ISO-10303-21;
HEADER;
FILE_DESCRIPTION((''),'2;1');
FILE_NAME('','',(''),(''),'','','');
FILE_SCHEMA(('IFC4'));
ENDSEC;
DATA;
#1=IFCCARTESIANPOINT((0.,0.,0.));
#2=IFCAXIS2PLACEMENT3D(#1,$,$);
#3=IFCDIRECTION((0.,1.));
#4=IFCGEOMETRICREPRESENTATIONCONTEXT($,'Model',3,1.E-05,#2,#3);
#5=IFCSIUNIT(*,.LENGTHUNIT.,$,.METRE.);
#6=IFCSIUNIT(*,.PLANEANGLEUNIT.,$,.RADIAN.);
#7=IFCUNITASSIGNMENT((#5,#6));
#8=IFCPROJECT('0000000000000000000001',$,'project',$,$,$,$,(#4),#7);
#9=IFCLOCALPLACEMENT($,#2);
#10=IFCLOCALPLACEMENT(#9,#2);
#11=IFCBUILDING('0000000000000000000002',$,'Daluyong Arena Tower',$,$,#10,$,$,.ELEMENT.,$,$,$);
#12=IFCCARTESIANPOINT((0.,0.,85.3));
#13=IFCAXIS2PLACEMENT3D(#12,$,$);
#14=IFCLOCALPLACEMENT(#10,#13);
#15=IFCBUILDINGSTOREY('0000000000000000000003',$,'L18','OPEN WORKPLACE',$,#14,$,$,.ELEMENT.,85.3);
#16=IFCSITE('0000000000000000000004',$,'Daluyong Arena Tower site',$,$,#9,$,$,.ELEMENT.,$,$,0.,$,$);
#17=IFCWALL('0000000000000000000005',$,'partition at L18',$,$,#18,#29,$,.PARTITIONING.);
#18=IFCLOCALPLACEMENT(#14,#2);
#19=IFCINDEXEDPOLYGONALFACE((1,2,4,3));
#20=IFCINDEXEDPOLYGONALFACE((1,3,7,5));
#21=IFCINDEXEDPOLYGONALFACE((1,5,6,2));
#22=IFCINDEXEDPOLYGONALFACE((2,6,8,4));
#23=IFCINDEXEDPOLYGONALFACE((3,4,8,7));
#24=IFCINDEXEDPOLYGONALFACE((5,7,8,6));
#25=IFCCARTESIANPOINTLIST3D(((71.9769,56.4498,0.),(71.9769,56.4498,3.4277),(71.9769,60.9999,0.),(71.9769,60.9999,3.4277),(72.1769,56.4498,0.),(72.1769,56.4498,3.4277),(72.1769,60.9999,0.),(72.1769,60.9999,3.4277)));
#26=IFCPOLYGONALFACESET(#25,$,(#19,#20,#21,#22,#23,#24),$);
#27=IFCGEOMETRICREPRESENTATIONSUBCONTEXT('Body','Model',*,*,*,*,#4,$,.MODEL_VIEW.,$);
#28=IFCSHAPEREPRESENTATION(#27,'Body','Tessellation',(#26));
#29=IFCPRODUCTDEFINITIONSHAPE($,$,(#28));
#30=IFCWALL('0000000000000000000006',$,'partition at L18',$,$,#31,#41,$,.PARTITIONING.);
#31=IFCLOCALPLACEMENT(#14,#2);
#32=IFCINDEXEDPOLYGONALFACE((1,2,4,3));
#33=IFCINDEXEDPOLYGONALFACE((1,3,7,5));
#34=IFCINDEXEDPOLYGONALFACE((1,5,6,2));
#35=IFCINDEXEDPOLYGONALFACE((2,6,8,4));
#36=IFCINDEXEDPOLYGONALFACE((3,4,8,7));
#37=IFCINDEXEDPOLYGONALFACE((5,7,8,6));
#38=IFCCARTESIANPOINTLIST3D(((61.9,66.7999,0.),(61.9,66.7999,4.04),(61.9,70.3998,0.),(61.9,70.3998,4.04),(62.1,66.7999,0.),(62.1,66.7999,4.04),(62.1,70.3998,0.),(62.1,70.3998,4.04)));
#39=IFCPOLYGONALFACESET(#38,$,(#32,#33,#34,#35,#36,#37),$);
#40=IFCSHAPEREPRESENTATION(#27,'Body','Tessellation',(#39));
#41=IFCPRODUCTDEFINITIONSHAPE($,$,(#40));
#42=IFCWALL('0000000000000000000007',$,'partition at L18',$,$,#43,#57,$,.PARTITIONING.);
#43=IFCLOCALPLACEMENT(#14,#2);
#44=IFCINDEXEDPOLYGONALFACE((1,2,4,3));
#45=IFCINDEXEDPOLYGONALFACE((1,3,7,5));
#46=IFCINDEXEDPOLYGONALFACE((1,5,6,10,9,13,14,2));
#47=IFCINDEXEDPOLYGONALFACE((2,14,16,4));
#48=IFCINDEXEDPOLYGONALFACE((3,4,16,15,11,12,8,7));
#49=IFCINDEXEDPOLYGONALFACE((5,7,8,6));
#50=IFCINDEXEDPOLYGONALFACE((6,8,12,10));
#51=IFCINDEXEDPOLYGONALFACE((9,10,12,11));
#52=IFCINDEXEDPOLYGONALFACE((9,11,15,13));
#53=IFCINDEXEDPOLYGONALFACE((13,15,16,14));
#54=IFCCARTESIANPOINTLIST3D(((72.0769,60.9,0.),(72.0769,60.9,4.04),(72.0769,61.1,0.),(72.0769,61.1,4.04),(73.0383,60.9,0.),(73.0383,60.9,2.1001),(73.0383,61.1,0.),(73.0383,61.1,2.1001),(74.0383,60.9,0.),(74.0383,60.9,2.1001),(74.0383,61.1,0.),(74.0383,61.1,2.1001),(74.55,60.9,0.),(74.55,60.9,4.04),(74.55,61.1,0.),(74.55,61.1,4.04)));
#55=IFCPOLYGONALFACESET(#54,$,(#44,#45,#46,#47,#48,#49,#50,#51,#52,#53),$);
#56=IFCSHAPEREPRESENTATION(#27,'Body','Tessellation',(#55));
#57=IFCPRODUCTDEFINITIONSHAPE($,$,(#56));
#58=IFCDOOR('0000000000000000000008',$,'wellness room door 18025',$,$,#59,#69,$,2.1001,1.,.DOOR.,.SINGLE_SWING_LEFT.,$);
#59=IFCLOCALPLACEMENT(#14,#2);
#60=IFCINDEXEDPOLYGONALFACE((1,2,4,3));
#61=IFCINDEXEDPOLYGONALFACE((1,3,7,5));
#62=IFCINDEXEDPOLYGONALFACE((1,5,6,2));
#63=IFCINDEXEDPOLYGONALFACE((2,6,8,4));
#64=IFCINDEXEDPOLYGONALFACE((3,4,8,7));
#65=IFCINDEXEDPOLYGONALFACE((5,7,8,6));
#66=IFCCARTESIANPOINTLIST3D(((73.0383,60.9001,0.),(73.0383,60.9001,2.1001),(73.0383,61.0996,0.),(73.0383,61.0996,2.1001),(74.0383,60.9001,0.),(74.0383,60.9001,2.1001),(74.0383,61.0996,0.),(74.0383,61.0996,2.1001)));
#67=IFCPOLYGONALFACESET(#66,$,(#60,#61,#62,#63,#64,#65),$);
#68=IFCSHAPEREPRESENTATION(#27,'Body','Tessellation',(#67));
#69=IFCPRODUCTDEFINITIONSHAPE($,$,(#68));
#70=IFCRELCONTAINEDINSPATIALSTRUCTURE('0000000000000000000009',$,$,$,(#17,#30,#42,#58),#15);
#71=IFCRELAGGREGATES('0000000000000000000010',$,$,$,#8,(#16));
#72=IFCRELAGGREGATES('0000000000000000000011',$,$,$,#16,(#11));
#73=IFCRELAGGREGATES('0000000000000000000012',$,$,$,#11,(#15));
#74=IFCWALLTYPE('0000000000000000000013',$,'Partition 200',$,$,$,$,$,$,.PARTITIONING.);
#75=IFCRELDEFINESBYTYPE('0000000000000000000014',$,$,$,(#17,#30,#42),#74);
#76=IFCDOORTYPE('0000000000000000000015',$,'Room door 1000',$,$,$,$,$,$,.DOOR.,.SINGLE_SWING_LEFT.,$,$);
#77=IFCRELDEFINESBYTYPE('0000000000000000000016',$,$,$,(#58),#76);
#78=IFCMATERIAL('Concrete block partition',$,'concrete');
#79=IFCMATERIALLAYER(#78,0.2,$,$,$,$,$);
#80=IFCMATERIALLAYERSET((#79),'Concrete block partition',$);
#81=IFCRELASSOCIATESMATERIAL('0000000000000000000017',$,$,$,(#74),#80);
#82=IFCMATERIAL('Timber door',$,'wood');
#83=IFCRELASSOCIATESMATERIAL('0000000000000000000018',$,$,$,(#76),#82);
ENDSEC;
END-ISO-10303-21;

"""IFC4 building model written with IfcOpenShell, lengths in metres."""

from ifc_helpers import new_model, si_unit, direction, frame, frame_2d, origin, place, context, subcontext, project, spatial, rectangle, extrude, material, layer, layer_set, type_object, element, fill, save


model = new_model("IFC4")

# Units and contexts
model_context = context("Model", 3, precision=1e-05, world=origin(), true_north=direction((0.0, 1.0)))
body_context = subcontext(model_context, "Body", "Model", "MODEL_VIEW")
ifc_project = project(units=[si_unit("LENGTHUNIT", "METRE"), si_unit("PLANEANGLEUNIT", "RADIAN")], contexts=[model_context])

# Site, building, storey
site_placement = place(None, origin())
site = spatial("IfcSite", under=ifc_project, at=site_placement, Name="Daluyong Arena Tower site", CompositionType="ELEMENT", RefElevation=0.0)
building_placement = place(site_placement, origin())
building = spatial("IfcBuilding", under=site, at=building_placement, Name="Daluyong Arena Tower", CompositionType="ELEMENT")
storey_placement = place(building_placement, frame((0.0, 0.0, 85.3)))
storey = spatial("IfcBuildingStorey", under=building, at=storey_placement, Name="L18", Description="OPEN WORKPLACE", CompositionType="ELEMENT", Elevation=85.3)

# Walls
ifc_material_1 = material(Name="Concrete block partition", Category="concrete")
ifc_layer_1 = layer(ifc_material_1, 0.2)
ifc_layer_set_1 = layer_set([ifc_layer_1], Name="Concrete block partition")
wall_type_1 = type_object("IfcWallType", Name="Partition 200", PredefinedType="PARTITIONING", material=ifc_layer_set_1)
wall_1_placement = place(storey_placement, frame((72.0769, 56.45, 0.0), z_axis=(0.0, 0.0, 1.0), x_axis=(0.0, 1.0, 0.0)))
element("IfcWall", 1, at=wall_1_placement, inside=storey, type_object=wall_type_1, Name="partition at L18", PredefinedType="PARTITIONING", context=body_context, shape_type="SweptSolid", body=[
    extrude(rectangle(XDim=4.55, YDim=0.2, at=frame_2d((2.2749, 0.0))), origin(), (0.0, 0.0, 1.0), 3.4277),
])
wall_2_placement = place(storey_placement, frame((62.0, 66.8, 0.0), z_axis=(0.0, 0.0, 1.0), x_axis=(0.0, 1.0, 0.0)))
element("IfcWall", 2, at=wall_2_placement, inside=storey, type_object=wall_type_1, Name="partition at L18", PredefinedType="PARTITIONING", context=body_context, shape_type="SweptSolid", body=[
    extrude(rectangle(XDim=3.5999, YDim=0.2, at=frame_2d((1.7998, 0.0))), origin(), (0.0, 0.0, 1.0), 4.04),
])

# Wall, opening, door
wall_3_placement = place(storey_placement, frame((72.0769, 61.0, 0.0), z_axis=(0.0, 0.0, 1.0), x_axis=(1.0, 0.0, 0.0)))
wall_3 = element("IfcWall", 3, at=wall_3_placement, inside=storey, type_object=wall_type_1, Name="partition at L18", PredefinedType="PARTITIONING", context=body_context, shape_type="SweptSolid", body=[
    extrude(rectangle(XDim=2.4731, YDim=0.2, at=frame_2d((1.2366, 0.0))), origin(), (0.0, 0.0, 1.0), 4.04),
])
opening_1_placement = place(wall_3_placement, frame((0.9614, 0.0, 0.0)))
opening_1 = element("IfcOpeningElement", 4, at=opening_1_placement, cuts=wall_3, PredefinedType="OPENING", context=body_context, shape_type="SweptSolid", body=[
    extrude(rectangle(XDim=1.0, YDim=2.1001, at=frame_2d((0.5, 1.05))), frame((0.0, 0.1099, 0.0), z_axis=(0.0, -1.0, 0.0), x_axis=(1.0, 0.0, 0.0)), (0.0, 0.0, 1.0), 0.22),
])
ifc_material_2 = material(Name="Timber door", Category="wood")
door_type_1 = type_object("IfcDoorType", Name="Room door 1000", OperationType="SINGLE_SWING_LEFT", PredefinedType="DOOR", material=ifc_material_2)
door_1_placement = place(opening_1_placement, origin())
door_1 = element("IfcDoor", 5, at=door_1_placement, inside=storey, type_object=door_type_1, Name="wellness room door 18025", OperationType="SINGLE_SWING_LEFT", OverallHeight=2.1001, OverallWidth=1.0, PredefinedType="DOOR", context=body_context, shape_type="SweptSolid", body=[
    extrude(rectangle(XDim=1.0, YDim=2.1001, at=frame_2d((0.5, 1.05))), frame((0.0, 0.0996, 0.0), z_axis=(0.0, -1.0, 0.0), x_axis=(1.0, 0.0, 0.0)), (0.0, 0.0, 1.0), 0.1995),
])
fill(opening_1, door_1)

save(model, "model.ifc")
